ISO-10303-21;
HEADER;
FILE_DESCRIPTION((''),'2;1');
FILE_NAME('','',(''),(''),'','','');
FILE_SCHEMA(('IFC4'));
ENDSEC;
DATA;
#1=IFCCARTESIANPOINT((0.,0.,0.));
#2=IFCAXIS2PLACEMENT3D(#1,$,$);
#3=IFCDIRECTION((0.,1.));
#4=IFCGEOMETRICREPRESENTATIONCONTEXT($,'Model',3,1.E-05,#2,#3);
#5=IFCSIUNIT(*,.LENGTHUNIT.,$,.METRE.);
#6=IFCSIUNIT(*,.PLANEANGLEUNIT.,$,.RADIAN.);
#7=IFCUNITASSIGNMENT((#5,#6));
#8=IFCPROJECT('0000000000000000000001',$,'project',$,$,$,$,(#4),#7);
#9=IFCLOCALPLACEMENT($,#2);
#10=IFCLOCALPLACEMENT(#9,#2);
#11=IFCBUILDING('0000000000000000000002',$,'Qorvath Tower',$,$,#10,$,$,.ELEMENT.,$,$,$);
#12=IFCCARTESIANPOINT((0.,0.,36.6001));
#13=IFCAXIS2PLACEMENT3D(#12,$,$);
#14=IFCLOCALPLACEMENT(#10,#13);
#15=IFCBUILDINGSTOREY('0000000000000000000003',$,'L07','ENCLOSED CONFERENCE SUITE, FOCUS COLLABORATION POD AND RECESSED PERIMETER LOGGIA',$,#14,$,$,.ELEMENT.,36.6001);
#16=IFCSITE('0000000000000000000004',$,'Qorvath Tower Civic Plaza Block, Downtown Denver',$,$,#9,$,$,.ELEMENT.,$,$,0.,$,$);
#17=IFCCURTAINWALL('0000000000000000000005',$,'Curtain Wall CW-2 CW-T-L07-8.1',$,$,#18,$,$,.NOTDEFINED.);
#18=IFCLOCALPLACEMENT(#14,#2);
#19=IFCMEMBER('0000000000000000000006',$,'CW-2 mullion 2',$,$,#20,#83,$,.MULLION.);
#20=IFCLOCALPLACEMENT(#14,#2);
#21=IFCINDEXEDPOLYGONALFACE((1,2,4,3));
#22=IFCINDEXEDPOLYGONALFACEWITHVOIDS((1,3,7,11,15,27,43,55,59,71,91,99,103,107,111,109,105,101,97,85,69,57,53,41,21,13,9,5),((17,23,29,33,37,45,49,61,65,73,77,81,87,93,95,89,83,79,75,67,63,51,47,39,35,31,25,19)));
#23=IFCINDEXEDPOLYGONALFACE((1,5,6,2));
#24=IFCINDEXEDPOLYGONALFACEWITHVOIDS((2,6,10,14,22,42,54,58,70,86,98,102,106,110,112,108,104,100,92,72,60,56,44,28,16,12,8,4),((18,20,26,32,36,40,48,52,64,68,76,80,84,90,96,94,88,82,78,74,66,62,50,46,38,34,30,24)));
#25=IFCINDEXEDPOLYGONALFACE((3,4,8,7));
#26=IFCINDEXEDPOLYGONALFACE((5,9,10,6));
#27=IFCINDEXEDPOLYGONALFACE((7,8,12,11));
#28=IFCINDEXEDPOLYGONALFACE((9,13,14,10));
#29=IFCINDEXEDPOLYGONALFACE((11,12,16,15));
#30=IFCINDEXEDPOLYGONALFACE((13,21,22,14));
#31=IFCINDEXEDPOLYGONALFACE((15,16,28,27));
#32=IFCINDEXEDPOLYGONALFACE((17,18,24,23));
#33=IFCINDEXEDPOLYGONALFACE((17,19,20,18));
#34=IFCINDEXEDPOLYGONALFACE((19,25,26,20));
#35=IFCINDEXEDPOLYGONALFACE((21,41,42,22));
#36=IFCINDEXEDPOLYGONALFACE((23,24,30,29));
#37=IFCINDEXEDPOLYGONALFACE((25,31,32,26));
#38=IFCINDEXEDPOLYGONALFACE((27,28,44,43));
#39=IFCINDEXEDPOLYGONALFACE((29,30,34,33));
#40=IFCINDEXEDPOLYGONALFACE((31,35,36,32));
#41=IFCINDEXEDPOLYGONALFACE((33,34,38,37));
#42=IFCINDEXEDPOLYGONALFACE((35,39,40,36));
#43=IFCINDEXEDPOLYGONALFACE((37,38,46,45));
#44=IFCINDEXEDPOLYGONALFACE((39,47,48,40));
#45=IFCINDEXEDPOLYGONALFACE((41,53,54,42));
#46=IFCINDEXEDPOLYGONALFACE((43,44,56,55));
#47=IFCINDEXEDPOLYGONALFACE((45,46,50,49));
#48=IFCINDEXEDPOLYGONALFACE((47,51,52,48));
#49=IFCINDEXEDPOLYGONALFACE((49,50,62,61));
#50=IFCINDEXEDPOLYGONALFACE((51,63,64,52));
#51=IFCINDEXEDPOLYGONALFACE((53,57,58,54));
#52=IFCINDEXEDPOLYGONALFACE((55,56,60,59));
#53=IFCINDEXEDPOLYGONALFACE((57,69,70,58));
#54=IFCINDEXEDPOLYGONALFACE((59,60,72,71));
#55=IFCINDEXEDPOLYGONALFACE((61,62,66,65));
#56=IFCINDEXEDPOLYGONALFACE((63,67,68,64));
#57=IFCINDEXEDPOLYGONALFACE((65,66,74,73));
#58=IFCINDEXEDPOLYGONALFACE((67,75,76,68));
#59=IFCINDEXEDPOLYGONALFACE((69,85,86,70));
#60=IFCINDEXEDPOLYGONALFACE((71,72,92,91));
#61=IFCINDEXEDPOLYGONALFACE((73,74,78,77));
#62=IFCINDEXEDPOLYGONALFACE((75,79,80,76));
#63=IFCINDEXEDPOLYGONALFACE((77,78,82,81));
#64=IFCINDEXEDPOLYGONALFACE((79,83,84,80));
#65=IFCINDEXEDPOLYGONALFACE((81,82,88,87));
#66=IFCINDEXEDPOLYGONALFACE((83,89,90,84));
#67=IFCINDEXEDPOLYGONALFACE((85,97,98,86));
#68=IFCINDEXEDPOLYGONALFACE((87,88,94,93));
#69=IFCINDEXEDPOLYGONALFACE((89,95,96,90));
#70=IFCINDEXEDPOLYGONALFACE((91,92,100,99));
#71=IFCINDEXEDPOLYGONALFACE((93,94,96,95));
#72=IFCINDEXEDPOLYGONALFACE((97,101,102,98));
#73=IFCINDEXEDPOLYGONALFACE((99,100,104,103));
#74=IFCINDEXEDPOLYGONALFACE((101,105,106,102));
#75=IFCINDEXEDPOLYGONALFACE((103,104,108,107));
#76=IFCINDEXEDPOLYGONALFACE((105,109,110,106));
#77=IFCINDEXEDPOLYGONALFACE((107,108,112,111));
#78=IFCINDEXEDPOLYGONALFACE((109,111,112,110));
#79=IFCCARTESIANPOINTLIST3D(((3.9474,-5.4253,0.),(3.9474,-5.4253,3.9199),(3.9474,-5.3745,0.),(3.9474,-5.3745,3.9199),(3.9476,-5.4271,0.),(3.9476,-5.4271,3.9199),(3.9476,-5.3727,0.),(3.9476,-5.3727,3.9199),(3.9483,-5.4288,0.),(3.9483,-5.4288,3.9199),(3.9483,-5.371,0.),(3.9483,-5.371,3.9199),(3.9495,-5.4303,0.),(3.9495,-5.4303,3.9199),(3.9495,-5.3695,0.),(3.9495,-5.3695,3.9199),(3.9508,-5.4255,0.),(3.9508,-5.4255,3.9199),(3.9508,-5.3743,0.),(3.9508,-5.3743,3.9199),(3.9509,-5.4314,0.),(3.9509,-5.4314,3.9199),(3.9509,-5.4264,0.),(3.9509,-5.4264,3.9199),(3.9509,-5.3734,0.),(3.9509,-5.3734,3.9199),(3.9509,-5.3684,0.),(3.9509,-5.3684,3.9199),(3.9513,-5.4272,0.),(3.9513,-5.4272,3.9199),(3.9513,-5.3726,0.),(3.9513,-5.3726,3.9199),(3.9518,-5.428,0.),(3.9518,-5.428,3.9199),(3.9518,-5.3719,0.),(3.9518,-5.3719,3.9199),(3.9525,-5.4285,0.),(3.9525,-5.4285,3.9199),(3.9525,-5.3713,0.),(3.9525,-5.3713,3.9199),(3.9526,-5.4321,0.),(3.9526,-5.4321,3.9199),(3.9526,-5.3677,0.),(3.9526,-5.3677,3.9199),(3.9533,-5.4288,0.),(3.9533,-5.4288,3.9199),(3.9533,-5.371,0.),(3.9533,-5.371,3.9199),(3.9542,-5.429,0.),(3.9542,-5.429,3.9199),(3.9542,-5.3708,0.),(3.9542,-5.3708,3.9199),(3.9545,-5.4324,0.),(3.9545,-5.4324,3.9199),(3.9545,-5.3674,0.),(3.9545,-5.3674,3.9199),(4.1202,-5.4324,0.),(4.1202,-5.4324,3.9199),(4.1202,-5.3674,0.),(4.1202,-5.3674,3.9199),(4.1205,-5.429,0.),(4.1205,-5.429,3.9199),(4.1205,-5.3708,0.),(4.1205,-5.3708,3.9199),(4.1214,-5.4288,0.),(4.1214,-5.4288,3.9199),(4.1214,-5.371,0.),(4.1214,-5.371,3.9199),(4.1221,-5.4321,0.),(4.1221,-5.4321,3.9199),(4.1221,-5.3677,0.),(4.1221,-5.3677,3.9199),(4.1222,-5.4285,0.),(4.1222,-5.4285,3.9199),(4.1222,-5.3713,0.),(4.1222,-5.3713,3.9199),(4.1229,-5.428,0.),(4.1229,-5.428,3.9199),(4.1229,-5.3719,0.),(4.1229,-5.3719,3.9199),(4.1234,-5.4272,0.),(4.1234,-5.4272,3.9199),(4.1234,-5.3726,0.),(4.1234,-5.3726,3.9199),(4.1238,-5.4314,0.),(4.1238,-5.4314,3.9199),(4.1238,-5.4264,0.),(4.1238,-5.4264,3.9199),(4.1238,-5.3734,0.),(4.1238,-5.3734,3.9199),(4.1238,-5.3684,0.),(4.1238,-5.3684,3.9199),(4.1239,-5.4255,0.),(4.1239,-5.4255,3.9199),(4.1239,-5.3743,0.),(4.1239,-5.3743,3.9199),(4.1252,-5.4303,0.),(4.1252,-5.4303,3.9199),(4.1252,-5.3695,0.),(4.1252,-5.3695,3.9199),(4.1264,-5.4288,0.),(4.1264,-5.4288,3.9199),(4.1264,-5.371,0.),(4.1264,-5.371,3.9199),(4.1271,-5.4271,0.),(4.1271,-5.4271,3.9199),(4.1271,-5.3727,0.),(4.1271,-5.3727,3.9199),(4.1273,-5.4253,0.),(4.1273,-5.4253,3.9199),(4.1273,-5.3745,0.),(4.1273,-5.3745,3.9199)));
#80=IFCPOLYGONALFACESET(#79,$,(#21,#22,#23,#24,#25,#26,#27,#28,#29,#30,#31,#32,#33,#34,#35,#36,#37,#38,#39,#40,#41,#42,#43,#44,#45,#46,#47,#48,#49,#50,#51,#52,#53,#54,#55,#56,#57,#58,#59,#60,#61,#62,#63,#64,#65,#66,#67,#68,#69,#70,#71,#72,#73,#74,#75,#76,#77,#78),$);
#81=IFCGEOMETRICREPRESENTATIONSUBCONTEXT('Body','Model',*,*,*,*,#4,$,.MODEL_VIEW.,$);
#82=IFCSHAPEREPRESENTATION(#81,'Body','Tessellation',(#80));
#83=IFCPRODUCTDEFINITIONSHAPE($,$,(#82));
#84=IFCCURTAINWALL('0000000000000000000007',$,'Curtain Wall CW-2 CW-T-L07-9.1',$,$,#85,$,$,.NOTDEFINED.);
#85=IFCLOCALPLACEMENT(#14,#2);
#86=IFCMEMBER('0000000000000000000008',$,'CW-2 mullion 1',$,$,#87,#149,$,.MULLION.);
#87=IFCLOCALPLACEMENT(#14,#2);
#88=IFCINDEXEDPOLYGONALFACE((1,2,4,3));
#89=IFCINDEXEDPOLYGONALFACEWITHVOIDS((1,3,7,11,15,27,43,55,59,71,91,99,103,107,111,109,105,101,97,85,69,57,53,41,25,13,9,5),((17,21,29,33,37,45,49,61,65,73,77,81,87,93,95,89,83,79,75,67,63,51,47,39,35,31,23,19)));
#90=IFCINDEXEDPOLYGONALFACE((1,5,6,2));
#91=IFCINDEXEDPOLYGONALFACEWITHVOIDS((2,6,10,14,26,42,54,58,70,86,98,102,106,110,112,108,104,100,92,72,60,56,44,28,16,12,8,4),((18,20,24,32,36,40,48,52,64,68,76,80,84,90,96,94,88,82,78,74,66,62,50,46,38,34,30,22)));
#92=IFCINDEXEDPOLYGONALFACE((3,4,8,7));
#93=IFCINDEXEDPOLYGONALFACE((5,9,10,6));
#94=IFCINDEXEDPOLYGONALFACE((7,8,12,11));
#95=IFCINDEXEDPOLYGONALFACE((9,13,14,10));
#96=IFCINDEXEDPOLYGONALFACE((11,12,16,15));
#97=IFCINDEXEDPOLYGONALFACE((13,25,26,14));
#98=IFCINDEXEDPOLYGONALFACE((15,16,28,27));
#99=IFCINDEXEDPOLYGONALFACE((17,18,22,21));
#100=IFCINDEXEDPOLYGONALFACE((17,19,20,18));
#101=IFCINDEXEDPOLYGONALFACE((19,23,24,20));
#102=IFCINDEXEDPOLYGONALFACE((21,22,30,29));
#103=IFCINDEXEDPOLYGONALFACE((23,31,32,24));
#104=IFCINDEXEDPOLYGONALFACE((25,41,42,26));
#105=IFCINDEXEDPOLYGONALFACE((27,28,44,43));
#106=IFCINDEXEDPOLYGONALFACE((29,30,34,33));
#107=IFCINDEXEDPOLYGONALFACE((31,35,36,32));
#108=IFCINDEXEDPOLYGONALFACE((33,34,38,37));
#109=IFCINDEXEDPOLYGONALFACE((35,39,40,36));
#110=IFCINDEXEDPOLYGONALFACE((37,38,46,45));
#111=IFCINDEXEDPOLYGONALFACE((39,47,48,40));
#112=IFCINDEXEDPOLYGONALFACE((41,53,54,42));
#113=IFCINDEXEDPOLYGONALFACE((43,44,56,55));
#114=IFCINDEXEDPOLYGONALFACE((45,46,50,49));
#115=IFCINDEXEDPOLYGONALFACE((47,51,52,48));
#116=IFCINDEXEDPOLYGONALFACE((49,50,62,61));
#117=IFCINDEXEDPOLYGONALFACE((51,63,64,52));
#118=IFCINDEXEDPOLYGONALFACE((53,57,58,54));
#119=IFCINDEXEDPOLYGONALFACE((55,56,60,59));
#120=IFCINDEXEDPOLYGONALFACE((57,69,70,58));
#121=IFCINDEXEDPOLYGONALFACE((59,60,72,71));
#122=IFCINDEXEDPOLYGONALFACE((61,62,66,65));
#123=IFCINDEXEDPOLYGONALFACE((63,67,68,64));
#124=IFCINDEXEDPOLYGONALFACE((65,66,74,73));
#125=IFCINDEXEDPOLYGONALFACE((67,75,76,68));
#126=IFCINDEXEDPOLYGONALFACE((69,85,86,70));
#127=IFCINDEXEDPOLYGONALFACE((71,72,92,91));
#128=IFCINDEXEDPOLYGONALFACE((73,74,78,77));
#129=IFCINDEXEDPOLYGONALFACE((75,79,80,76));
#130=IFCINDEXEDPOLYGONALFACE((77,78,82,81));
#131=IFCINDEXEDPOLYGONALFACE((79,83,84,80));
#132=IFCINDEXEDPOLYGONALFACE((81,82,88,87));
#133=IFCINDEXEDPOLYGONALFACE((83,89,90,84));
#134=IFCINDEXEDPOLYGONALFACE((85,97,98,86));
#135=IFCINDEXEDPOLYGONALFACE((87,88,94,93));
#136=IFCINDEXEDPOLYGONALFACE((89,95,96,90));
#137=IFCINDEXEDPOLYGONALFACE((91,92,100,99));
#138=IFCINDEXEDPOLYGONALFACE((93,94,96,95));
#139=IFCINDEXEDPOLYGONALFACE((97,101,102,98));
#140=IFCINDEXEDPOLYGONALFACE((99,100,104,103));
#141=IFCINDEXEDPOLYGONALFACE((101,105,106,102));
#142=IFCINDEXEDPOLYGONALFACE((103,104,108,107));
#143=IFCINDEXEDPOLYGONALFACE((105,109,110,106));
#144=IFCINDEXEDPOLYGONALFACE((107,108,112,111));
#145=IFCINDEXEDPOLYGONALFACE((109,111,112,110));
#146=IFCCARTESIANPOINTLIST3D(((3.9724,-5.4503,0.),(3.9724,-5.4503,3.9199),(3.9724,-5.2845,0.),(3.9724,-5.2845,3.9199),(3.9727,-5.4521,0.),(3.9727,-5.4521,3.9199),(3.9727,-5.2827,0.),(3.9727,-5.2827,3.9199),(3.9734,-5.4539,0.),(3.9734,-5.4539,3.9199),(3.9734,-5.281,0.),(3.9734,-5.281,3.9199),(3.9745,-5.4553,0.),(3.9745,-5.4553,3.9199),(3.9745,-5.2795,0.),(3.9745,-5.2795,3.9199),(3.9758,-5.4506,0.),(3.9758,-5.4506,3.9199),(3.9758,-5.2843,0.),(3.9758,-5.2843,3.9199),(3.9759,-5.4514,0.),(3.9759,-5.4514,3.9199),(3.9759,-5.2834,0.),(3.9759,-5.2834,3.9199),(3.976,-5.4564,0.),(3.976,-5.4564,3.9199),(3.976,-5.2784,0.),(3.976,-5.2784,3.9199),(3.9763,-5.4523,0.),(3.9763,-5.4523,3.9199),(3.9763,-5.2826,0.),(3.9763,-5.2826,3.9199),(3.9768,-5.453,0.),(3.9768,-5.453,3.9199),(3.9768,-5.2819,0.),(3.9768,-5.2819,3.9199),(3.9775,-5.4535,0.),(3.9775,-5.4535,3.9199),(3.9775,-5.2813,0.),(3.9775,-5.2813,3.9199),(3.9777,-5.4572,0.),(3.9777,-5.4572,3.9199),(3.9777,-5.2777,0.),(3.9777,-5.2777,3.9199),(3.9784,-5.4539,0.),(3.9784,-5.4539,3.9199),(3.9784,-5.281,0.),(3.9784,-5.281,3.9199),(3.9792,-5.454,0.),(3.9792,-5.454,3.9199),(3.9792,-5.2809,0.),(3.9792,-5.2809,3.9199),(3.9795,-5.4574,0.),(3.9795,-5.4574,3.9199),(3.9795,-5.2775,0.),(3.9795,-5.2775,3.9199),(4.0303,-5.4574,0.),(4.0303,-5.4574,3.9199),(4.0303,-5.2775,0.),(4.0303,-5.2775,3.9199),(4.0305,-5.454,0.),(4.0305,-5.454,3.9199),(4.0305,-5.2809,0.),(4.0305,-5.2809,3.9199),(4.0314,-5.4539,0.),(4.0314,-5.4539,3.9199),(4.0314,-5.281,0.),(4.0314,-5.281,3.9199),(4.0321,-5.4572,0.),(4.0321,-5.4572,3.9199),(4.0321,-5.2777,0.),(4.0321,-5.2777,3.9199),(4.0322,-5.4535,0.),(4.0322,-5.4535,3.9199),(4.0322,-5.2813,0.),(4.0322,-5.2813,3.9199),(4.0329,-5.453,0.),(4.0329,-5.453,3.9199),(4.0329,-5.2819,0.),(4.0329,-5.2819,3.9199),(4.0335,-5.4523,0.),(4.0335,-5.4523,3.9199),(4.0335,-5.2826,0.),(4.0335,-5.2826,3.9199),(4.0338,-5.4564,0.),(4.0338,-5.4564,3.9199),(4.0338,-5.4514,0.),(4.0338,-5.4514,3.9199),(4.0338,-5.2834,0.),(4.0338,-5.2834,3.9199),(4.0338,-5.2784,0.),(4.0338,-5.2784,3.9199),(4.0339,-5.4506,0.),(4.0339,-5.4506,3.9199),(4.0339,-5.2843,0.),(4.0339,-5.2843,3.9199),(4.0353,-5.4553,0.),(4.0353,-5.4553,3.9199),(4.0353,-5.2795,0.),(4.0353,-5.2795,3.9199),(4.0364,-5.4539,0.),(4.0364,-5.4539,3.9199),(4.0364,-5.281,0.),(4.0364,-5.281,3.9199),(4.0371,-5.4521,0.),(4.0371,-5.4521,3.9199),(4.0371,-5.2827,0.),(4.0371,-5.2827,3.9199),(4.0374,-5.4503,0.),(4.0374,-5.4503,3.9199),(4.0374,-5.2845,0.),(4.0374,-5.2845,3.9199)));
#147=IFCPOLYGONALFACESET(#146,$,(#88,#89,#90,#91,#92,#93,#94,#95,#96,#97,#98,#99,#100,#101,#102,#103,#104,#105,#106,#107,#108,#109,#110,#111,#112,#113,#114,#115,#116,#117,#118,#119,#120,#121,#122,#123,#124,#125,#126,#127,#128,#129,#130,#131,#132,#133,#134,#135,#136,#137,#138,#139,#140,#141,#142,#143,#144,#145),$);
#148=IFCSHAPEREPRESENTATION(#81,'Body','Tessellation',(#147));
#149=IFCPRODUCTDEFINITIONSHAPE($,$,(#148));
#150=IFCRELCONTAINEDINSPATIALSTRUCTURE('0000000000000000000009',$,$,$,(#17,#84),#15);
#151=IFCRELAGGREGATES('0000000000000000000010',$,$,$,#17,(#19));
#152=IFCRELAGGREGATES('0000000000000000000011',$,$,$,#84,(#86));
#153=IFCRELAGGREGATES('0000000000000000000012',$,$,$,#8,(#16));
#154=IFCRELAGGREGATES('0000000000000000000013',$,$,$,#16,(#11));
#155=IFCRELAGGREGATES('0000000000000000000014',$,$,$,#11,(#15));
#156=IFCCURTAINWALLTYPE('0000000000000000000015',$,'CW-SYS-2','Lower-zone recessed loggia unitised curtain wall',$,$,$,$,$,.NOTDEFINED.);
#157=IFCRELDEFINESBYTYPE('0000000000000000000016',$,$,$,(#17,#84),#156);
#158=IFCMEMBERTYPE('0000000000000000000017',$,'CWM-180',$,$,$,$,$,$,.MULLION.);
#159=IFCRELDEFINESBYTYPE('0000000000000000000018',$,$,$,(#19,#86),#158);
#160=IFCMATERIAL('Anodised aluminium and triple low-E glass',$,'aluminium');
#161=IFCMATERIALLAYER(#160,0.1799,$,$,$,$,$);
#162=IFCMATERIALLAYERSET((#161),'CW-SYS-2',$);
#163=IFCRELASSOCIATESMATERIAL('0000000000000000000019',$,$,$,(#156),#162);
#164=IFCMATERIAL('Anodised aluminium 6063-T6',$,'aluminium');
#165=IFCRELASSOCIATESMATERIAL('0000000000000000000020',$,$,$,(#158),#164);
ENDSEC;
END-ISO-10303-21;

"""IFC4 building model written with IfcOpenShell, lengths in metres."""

from ifc_helpers import new_model, si_unit, direction, frame, origin, origin_2d, place, context, subcontext, project, spatial, hollow_rectangle, extrude, material, layer, layer_set, material_profile, profile_set, type_object, element, aggregate, save


model = new_model("IFC4")

# Units and contexts
model_context = context("Model", 3, precision=1e-05, world=origin(), true_north=direction((0.0, 1.0)))
body_context = subcontext(model_context, "Body", "Model", "MODEL_VIEW")
ifc_project = project(units=[si_unit("LENGTHUNIT", "METRE"), si_unit("PLANEANGLEUNIT", "RADIAN")], contexts=[model_context])

# Site, building, storey
site_placement = place(None, origin())
site = spatial("IfcSite", under=ifc_project, at=site_placement, Name="Qorvath Tower Civic Plaza Block, Downtown Denver", CompositionType="ELEMENT", RefElevation=0.0)
building_placement = place(site_placement, origin())
building = spatial("IfcBuilding", under=site, at=building_placement, Name="Qorvath Tower", CompositionType="ELEMENT")
storey_placement = place(building_placement, frame((0.0, 0.0, 36.6001)))
storey = spatial("IfcBuildingStorey", under=building, at=storey_placement, Name="L07", Description="ENCLOSED CONFERENCE SUITE, FOCUS COLLABORATION POD AND RECESSED PERIMETER LOGGIA", CompositionType="ELEMENT", Elevation=36.6001)

# Shared definitions
ifc_material_1 = material(Name="Anodised aluminium and triple low-E glass", Category="aluminium")
ifc_layer_1 = layer(ifc_material_1, 0.1799)
ifc_layer_set_1 = layer_set([ifc_layer_1], Name="CW-SYS-2")
curtain_wall_type = type_object("IfcCurtainWallType", Name="CW-SYS-2", Description="Lower-zone recessed loggia unitised curtain wall", PredefinedType="NOTDEFINED", material=ifc_layer_set_1)
ifc_material_2 = material(Name="Anodised aluminium 6063-T6", Category="aluminium")
ifc_material_profile_1 = material_profile(ifc_material_2, hollow_rectangle(XDim=0.0649, YDim=0.1799, WallThickness=0.0034, InnerFilletRadius=0.0034, OuterFilletRadius=0.0071, at=origin_2d()), Name="CWM 180x65")
ifc_profile_set_1 = profile_set([ifc_material_profile_1], Name="Anodised aluminium 6063-T6")
member_type_1 = type_object("IfcMemberType", Name="CWM-180", PredefinedType="MULLION", material=ifc_profile_set_1)

# Curtain wall, member
curtain_wall_1_placement = place(storey_placement, origin())
curtain_wall_1 = element("IfcCurtainWall", 1, at=curtain_wall_1_placement, inside=storey, type_object=curtain_wall_type, Name="Curtain Wall CW-2 CW-T-L07-8.1", PredefinedType="NOTDEFINED")
member_1_placement = place(storey_placement, frame((4.0374, -5.3999, 0.0), z_axis=(0.0, 0.0, 1.0), x_axis=(0.0, -1.0, 0.0)))
member_1 = element("IfcMember", 2, at=member_1_placement, type_object=member_type_1, Name="CW-2 mullion 2", PredefinedType="MULLION", context=body_context, shape_type="SweptSolid", body=[
    extrude(hollow_rectangle(XDim=0.0649, YDim=0.1799, WallThickness=0.0034, InnerFilletRadius=0.0034, OuterFilletRadius=0.0071, at=origin_2d()), origin(), (0.0, 0.0, 1.0), 3.9199),
])

# Curtain wall, member
curtain_wall_2_placement = place(storey_placement, origin())
curtain_wall_2 = element("IfcCurtainWall", 3, at=curtain_wall_2_placement, inside=storey, type_object=curtain_wall_type, Name="Curtain Wall CW-2 CW-T-L07-9.1", PredefinedType="NOTDEFINED")
member_2_placement = place(storey_placement, frame((4.0049, -5.3674, 0.0), z_axis=(0.0, 0.0, 1.0), x_axis=(-1.0, 0.0, 0.0)))
member_2 = element("IfcMember", 4, at=member_2_placement, type_object=member_type_1, Name="CW-2 mullion 1", PredefinedType="MULLION", context=body_context, shape_type="SweptSolid", body=[
    extrude(hollow_rectangle(XDim=0.0649, YDim=0.1799, WallThickness=0.0034, InnerFilletRadius=0.0034, OuterFilletRadius=0.0071, at=origin_2d()), origin(), (0.0, 0.0, 1.0), 3.9199),
])

aggregate(curtain_wall_1, [member_1])
aggregate(curtain_wall_2, [member_2])

save(model, "model.ifc")
